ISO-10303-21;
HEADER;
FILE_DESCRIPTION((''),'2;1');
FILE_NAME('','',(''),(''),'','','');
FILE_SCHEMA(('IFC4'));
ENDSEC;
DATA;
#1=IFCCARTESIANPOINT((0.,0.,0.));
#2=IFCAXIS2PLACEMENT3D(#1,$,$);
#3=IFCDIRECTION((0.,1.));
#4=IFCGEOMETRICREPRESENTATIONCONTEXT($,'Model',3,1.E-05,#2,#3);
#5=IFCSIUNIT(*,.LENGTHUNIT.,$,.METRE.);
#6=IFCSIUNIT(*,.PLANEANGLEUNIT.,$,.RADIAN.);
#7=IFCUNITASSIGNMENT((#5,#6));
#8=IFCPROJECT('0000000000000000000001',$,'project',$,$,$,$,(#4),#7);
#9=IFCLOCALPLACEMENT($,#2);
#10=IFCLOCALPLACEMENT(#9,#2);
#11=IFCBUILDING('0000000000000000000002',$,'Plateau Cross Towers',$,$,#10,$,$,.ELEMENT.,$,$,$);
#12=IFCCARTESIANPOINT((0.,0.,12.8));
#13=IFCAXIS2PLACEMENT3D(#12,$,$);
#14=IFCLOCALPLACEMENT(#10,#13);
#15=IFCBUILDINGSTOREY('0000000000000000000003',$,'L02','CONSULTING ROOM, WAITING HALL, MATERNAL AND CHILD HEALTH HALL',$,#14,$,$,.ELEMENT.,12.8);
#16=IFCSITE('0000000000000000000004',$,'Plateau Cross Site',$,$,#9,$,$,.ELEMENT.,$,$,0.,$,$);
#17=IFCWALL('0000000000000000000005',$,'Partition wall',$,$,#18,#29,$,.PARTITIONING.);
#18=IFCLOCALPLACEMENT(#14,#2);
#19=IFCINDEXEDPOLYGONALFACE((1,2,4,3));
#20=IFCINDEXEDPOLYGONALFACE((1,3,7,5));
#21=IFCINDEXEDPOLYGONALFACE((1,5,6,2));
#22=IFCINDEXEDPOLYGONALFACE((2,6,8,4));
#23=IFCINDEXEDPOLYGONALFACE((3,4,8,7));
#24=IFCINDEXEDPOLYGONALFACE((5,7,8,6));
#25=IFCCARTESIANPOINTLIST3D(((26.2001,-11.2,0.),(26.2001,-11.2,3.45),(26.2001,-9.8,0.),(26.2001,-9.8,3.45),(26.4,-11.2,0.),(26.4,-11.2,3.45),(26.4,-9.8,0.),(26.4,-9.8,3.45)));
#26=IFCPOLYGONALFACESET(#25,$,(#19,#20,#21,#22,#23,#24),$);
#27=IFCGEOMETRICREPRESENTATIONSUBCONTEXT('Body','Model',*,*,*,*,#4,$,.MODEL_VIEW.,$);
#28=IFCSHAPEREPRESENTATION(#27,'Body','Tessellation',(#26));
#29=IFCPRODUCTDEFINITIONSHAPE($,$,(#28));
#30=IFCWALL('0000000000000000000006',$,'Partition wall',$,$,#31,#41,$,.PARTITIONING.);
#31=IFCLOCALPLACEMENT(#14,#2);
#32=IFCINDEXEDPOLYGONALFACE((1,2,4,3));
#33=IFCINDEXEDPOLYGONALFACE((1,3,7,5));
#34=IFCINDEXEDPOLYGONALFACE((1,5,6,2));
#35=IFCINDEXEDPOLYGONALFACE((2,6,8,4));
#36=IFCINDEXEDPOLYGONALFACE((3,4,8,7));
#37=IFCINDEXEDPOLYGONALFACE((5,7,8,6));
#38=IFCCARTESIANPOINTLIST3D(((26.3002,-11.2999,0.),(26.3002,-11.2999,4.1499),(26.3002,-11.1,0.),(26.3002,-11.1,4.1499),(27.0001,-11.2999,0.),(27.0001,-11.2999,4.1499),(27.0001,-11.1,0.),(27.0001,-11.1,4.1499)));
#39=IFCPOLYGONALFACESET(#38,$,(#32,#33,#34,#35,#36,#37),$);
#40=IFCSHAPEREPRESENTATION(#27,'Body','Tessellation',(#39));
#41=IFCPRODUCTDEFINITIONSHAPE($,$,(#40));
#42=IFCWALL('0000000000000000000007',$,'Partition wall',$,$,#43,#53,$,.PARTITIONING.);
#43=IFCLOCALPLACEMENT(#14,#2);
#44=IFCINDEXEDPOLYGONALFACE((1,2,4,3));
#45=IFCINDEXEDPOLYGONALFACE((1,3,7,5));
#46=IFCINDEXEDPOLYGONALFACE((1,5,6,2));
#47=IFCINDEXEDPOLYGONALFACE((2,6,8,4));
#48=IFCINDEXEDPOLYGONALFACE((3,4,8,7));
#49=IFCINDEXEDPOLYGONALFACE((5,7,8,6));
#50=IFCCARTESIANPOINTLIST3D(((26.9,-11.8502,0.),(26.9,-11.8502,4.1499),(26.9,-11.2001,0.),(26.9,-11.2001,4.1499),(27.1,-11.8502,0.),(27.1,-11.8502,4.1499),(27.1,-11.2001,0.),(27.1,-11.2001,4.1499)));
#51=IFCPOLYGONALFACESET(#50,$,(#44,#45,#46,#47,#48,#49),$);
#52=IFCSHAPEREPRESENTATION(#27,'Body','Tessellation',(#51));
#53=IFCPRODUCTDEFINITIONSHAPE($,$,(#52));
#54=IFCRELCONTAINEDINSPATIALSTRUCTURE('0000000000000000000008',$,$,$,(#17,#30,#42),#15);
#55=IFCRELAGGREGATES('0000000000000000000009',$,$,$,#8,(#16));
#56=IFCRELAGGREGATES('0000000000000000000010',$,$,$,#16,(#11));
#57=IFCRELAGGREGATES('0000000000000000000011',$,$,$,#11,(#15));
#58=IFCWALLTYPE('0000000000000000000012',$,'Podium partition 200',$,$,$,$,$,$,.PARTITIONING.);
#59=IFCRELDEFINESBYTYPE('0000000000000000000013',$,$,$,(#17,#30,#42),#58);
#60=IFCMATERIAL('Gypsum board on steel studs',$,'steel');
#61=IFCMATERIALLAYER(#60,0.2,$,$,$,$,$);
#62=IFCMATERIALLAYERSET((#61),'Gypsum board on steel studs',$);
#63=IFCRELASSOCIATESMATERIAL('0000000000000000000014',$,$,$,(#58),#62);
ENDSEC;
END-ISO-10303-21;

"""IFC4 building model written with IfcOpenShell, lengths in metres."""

from ifc_helpers import new_model, si_unit, direction, frame, frame_2d, origin, place, context, subcontext, project, spatial, rectangle, extrude, material, layer, layer_set, type_object, element, save


model = new_model("IFC4")

# Units and contexts
model_context = context("Model", 3, precision=1e-05, world=origin(), true_north=direction((0.0, 1.0)))
body_context = subcontext(model_context, "Body", "Model", "MODEL_VIEW")
ifc_project = project(units=[si_unit("LENGTHUNIT", "METRE"), si_unit("PLANEANGLEUNIT", "RADIAN")], contexts=[model_context])

# Site, building, storey
site_placement = place(None, origin())
site = spatial("IfcSite", under=ifc_project, at=site_placement, Name="Plateau Cross Site", CompositionType="ELEMENT", RefElevation=0.0)
building_placement = place(site_placement, origin())
building = spatial("IfcBuilding", under=site, at=building_placement, Name="Plateau Cross Towers", CompositionType="ELEMENT")
storey_placement = place(building_placement, frame((0.0, 0.0, 12.8)))
storey = spatial("IfcBuildingStorey", under=building, at=storey_placement, Name="L02", Description="CONSULTING ROOM, WAITING HALL, MATERNAL AND CHILD HEALTH HALL", CompositionType="ELEMENT", Elevation=12.8)

# Walls
ifc_material_1 = material(Name="Gypsum board on steel studs", Category="steel")
ifc_layer_1 = layer(ifc_material_1, 0.2)
ifc_layer_set_1 = layer_set([ifc_layer_1], Name="Gypsum board on steel studs")
wall_type_1 = type_object("IfcWallType", Name="Podium partition 200", PredefinedType="PARTITIONING", material=ifc_layer_set_1)
wall_1_placement = place(storey_placement, frame((26.3, -9.8, 0.0), z_axis=(0.0, 0.0, 1.0), x_axis=(0.0, -1.0, 0.0)))
element("IfcWall", 1, at=wall_1_placement, inside=storey, type_object=wall_type_1, Name="Partition wall", PredefinedType="PARTITIONING", context=body_context, shape_type="SweptSolid", body=[
    extrude(rectangle(XDim=1.3999, YDim=0.2, at=frame_2d((0.7, 0.0))), origin(), (0.0, 0.0, 1.0), 3.45),
])
wall_2_placement = place(storey_placement, frame((26.3, -11.2, 0.0), z_axis=(0.0, 0.0, 1.0), x_axis=(1.0, 0.0, 0.0)))
element("IfcWall", 2, at=wall_2_placement, inside=storey, type_object=wall_type_1, Name="Partition wall", PredefinedType="PARTITIONING", context=body_context, shape_type="SweptSolid", body=[
    extrude(rectangle(XDim=0.7, YDim=0.2, at=frame_2d((0.3501, 0.0))), origin(), (0.0, 0.0, 1.0), 4.1499),
])
wall_3_placement = place(storey_placement, frame((27.0, -11.2, 0.0), z_axis=(0.0, 0.0, 1.0), x_axis=(0.0, -1.0, 0.0)))
element("IfcWall", 3, at=wall_3_placement, inside=storey, type_object=wall_type_1, Name="Partition wall", PredefinedType="PARTITIONING", context=body_context, shape_type="SweptSolid", body=[
    extrude(rectangle(XDim=0.6501, YDim=0.2, at=frame_2d((0.3252, 0.0))), origin(), (0.0, 0.0, 1.0), 4.1499),
])

save(model, "model.ifc")
